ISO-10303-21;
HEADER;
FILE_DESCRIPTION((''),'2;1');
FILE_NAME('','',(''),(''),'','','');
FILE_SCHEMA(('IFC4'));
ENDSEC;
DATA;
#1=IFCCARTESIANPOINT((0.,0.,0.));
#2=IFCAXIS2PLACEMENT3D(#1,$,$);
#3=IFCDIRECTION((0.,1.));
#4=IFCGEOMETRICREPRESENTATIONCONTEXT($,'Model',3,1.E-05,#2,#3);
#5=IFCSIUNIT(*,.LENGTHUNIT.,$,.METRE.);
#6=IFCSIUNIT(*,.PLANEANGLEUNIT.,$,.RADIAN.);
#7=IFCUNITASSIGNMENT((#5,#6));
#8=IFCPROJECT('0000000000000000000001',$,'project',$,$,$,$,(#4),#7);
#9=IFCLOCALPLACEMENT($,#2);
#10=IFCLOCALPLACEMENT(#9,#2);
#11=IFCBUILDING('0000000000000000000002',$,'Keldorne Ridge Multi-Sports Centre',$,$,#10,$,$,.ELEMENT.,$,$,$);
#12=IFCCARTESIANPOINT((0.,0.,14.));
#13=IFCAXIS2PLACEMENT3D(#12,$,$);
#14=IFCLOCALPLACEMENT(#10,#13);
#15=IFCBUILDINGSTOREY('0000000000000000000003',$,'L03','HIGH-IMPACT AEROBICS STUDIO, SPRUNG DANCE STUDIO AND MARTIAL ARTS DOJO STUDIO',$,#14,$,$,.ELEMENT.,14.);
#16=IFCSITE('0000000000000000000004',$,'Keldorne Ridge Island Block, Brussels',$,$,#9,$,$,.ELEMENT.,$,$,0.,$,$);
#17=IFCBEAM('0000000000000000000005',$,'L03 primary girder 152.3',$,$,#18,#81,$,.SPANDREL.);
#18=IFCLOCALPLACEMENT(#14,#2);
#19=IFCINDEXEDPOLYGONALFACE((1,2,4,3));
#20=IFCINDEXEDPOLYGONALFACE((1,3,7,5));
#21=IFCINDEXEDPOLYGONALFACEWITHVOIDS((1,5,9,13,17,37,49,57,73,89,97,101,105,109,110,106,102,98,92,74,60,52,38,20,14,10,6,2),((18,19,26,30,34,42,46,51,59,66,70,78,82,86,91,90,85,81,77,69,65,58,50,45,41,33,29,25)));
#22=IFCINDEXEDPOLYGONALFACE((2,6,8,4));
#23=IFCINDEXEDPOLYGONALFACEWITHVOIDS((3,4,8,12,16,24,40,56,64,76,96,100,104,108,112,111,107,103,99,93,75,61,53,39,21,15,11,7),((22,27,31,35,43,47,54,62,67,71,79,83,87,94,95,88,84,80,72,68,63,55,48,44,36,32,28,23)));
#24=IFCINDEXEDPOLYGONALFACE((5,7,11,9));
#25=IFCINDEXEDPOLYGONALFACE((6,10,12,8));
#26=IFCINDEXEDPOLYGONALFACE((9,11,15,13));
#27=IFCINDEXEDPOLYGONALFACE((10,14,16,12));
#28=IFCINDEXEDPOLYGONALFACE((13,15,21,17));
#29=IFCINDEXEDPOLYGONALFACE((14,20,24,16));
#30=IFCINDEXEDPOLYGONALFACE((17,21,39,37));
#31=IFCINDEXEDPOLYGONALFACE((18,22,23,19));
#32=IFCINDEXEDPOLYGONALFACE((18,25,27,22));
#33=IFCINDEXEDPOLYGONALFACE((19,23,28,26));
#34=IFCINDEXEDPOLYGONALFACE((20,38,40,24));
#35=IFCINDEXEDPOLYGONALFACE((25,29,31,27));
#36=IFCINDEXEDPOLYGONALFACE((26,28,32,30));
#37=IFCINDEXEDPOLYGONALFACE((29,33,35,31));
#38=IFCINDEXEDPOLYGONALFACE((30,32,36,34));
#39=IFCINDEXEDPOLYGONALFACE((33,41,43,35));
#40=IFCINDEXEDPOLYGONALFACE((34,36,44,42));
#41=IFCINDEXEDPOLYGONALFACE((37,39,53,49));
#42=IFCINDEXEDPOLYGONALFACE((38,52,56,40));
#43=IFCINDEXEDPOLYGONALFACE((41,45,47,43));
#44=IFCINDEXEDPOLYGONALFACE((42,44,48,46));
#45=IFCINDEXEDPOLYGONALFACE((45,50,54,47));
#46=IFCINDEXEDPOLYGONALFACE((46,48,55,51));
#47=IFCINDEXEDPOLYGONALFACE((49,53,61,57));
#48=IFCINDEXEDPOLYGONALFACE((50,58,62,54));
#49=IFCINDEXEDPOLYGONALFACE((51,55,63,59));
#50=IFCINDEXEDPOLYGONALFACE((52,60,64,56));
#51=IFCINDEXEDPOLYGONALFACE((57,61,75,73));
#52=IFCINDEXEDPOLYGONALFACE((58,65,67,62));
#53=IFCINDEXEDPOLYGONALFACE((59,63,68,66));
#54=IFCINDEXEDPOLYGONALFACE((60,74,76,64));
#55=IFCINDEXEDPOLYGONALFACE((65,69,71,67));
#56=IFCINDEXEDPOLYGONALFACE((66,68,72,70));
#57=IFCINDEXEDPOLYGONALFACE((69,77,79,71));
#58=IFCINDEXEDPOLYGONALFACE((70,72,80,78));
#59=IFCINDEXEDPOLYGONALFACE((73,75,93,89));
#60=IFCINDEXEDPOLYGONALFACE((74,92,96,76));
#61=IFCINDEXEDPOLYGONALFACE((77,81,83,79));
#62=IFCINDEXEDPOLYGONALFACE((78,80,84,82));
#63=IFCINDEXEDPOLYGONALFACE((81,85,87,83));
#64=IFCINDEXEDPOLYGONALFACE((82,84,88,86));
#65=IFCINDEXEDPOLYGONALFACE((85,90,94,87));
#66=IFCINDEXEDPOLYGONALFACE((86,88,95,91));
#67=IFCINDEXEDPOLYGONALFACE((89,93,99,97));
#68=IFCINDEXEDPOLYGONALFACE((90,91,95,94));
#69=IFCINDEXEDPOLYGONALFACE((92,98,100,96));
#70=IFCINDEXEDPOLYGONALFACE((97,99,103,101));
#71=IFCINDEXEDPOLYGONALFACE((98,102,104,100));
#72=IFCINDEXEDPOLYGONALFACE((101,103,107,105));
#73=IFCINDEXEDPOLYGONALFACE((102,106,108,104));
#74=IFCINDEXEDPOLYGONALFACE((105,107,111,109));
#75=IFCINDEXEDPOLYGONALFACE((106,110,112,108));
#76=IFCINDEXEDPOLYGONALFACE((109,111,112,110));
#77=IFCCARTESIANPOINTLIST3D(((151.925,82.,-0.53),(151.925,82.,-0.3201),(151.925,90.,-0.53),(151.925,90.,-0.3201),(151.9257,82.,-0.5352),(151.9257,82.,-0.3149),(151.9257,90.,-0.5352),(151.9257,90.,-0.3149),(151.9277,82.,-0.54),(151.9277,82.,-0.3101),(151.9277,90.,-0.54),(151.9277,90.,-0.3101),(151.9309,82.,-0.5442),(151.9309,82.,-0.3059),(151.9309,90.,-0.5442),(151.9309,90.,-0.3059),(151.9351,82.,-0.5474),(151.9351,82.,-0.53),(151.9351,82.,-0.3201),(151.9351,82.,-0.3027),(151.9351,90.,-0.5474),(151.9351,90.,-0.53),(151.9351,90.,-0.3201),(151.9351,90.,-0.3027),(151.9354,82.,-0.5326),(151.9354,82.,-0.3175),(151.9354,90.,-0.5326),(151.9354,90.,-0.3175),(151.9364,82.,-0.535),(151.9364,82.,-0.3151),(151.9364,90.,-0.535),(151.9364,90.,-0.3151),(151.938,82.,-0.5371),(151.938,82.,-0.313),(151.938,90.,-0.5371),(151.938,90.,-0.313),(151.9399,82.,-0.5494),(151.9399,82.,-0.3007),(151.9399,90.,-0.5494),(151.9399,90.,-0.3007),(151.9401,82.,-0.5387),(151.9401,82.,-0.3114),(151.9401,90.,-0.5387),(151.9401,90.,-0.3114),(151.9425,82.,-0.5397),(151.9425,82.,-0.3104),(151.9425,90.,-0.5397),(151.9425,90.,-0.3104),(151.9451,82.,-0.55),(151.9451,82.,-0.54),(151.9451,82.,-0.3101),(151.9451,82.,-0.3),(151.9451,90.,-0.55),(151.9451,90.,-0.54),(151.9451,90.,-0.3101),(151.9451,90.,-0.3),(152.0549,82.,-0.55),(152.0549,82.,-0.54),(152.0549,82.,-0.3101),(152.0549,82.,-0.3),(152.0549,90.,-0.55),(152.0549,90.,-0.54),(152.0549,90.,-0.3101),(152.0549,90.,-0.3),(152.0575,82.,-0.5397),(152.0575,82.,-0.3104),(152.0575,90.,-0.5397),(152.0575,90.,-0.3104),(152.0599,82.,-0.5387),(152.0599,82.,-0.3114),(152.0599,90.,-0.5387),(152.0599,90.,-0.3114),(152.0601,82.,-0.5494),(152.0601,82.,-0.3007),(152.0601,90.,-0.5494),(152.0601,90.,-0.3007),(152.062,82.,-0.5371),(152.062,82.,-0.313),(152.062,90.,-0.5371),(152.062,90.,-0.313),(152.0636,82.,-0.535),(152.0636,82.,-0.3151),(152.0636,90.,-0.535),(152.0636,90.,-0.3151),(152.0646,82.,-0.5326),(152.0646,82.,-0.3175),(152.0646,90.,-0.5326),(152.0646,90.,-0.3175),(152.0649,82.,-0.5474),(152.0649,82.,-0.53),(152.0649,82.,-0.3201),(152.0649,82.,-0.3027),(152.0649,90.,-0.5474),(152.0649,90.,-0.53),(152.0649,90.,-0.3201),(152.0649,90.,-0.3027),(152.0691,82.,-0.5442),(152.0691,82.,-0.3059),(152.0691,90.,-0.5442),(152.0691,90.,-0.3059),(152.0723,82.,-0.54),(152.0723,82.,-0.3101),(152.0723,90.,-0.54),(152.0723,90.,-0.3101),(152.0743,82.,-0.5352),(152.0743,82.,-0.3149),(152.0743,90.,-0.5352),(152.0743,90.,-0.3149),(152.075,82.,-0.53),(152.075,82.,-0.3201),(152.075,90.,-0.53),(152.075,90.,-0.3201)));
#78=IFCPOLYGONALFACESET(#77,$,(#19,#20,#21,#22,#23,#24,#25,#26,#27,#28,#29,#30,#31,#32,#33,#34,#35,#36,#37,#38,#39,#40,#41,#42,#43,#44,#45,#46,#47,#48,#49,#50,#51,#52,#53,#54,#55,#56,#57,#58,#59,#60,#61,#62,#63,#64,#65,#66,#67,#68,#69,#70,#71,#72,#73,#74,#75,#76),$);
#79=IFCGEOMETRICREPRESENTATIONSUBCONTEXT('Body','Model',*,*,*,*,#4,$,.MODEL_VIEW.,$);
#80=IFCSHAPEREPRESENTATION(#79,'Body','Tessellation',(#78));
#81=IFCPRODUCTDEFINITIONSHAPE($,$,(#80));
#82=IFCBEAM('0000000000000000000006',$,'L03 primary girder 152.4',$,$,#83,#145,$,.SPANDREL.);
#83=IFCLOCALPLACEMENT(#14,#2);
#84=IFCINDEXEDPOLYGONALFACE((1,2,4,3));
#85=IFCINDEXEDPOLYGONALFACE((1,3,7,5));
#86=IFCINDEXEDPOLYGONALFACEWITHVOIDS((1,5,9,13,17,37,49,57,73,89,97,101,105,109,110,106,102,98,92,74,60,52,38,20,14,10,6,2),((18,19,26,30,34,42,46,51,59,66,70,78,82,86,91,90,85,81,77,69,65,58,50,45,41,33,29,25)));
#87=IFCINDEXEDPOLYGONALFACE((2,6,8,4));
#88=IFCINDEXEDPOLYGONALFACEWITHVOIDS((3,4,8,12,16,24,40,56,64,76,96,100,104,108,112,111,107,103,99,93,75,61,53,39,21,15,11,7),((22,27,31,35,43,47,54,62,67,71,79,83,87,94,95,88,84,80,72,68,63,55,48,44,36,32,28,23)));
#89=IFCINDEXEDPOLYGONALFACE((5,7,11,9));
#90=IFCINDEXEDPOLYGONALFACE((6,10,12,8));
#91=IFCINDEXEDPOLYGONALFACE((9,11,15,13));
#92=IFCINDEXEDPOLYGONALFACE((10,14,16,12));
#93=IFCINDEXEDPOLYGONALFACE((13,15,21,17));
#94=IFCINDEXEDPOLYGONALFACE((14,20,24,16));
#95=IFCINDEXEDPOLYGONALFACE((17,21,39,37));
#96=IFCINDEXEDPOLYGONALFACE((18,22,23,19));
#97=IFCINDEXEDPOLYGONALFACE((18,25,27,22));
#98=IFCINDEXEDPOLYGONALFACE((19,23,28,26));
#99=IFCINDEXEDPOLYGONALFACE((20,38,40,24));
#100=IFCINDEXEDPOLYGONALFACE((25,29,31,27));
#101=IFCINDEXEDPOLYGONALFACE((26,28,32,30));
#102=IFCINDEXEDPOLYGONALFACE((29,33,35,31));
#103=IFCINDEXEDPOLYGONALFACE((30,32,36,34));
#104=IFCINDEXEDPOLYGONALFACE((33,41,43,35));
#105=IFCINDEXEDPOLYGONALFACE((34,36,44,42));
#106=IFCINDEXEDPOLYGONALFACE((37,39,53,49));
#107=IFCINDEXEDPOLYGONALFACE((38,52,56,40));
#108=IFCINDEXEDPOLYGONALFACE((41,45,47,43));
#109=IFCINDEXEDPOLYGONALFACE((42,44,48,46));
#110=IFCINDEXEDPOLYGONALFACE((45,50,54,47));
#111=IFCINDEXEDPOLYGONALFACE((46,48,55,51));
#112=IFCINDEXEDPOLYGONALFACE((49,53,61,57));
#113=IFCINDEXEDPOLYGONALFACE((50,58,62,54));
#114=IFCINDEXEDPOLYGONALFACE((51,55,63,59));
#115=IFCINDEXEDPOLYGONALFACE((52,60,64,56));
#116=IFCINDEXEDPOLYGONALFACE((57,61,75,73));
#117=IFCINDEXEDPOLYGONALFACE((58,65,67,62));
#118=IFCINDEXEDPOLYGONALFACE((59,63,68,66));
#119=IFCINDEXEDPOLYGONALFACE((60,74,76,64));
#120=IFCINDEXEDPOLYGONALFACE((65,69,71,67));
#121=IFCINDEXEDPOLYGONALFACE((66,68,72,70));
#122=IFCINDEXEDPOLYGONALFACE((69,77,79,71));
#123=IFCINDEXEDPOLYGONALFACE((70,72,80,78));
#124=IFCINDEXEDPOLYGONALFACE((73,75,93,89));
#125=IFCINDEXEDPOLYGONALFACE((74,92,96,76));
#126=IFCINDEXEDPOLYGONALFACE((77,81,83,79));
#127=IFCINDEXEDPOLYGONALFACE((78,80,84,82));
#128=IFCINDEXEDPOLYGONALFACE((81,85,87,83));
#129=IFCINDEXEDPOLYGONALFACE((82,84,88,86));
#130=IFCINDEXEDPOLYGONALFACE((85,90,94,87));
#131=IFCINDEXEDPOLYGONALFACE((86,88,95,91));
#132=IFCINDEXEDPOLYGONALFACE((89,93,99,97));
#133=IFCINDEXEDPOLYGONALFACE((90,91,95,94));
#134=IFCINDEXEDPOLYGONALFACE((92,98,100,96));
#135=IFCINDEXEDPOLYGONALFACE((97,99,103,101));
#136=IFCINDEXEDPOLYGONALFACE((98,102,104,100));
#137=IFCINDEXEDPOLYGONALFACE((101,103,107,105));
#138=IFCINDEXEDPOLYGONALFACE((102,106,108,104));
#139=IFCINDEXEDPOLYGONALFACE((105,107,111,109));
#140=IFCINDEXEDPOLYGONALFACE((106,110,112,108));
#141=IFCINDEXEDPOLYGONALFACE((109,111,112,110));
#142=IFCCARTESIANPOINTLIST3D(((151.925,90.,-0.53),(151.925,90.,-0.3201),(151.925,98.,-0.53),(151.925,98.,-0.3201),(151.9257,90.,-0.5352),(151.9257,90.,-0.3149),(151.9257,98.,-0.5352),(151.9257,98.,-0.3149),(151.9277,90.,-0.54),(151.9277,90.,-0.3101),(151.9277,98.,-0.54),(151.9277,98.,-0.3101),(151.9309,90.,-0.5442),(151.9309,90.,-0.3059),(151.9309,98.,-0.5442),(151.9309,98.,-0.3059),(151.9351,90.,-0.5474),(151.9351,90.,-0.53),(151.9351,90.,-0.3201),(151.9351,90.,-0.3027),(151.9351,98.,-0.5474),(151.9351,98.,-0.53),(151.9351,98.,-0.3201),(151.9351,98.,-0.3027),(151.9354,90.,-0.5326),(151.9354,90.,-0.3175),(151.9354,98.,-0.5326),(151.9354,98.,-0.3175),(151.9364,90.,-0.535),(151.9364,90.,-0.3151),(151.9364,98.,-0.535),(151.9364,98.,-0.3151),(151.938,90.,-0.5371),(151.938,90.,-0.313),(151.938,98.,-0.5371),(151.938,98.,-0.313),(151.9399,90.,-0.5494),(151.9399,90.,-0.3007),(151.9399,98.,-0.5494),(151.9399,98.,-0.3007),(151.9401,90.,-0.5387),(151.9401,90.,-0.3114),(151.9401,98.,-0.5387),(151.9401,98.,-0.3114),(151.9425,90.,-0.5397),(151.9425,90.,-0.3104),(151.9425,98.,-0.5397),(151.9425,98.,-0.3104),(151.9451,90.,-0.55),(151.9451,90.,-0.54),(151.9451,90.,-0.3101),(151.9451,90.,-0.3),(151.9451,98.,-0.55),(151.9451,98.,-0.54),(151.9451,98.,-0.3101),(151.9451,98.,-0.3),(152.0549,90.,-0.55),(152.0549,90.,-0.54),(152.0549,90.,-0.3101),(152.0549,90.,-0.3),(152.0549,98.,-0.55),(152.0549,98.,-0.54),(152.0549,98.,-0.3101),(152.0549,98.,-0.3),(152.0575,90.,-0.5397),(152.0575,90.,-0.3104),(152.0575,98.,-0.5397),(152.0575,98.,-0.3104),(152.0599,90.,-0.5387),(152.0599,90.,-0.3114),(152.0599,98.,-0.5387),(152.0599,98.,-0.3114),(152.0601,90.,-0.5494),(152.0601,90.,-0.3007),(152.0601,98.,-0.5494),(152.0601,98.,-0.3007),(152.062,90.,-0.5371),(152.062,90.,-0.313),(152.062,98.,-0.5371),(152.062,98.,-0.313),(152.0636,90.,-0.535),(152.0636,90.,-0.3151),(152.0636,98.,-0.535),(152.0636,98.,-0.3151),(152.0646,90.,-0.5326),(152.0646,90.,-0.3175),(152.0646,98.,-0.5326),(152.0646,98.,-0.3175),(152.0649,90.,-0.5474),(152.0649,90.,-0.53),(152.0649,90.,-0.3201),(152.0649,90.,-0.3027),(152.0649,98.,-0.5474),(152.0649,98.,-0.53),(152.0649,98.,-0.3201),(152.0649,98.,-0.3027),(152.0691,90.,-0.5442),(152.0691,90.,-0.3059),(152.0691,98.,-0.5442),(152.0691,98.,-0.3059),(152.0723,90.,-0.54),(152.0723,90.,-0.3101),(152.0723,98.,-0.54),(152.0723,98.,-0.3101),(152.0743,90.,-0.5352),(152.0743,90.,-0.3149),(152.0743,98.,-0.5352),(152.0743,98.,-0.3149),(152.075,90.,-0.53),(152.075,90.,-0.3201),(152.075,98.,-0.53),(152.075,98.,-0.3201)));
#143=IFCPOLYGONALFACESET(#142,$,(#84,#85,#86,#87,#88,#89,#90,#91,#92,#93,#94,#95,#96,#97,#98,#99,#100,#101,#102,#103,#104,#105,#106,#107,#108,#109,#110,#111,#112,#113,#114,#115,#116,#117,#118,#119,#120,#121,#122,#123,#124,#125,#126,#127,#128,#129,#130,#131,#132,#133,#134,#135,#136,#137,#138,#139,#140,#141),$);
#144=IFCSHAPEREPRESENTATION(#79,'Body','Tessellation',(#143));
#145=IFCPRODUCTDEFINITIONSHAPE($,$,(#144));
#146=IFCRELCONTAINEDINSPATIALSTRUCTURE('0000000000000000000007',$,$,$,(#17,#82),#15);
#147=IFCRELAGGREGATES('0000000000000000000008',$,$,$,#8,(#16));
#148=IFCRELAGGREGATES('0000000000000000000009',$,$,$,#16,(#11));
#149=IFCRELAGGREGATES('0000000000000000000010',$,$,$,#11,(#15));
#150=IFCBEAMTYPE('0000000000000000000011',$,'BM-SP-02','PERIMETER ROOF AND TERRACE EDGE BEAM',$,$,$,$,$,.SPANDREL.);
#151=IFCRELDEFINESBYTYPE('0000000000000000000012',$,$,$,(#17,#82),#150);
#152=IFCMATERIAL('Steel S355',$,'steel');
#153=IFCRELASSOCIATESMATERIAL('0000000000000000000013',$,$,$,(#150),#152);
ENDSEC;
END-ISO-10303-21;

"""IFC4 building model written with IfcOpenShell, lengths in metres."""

from ifc_helpers import new_model, si_unit, direction, frame, origin, origin_2d, place, context, subcontext, project, spatial, hollow_rectangle, extrude, material, material_profile, profile_set, type_object, element, save


model = new_model("IFC4")

# Units and contexts
model_context = context("Model", 3, precision=1e-05, world=origin(), true_north=direction((0.0, 1.0)))
body_context = subcontext(model_context, "Body", "Model", "MODEL_VIEW")
ifc_project = project(units=[si_unit("LENGTHUNIT", "METRE"), si_unit("PLANEANGLEUNIT", "RADIAN")], contexts=[model_context])

# Site, building, storey
site_placement = place(None, origin())
site = spatial("IfcSite", under=ifc_project, at=site_placement, Name="Keldorne Ridge Island Block, Brussels", CompositionType="ELEMENT", RefElevation=0.0)
building_placement = place(site_placement, origin())
building = spatial("IfcBuilding", under=site, at=building_placement, Name="Keldorne Ridge Multi-Sports Centre", CompositionType="ELEMENT")
storey_placement = place(building_placement, frame((0.0, 0.0, 14.0)))
storey = spatial("IfcBuildingStorey", under=building, at=storey_placement, Name="L03", Description="HIGH-IMPACT AEROBICS STUDIO, SPRUNG DANCE STUDIO AND MARTIAL ARTS DOJO STUDIO", CompositionType="ELEMENT", Elevation=14.0)

# Shared definitions
ifc_material_1 = material(Name="Steel S355", Category="steel")

# Beams
ifc_material_profile_1 = material_profile(ifc_material_1, hollow_rectangle(XDim=0.1499, YDim=0.25, WallThickness=0.01, InnerFilletRadius=0.01, OuterFilletRadius=0.02, at=origin_2d()), Name="RHS 250x150x10")
ifc_profile_set_1 = profile_set([ifc_material_profile_1], Name="Steel S355")
beam_type_1 = type_object("IfcBeamType", Name="BM-SP-02", Description="PERIMETER ROOF AND TERRACE EDGE BEAM", PredefinedType="SPANDREL", material=ifc_profile_set_1)
for number, where, z_axis, x_axis, name in (
    (1, (152.0, 82.0, -0.425), (0.0, 1.0, 0.0), (-1.0, 0.0, 0.0), "L03 primary girder 152.3"),
    (2, (152.0, 90.0, -0.425), (0.0, 1.0, 0.0), (-1.0, 0.0, 0.0), "L03 primary girder 152.4"),
):
    element("IfcBeam", number, at=place(storey_placement, frame(where, z_axis=z_axis, x_axis=x_axis)), inside=storey, type_object=beam_type_1, Name=name, PredefinedType="SPANDREL", context=body_context, shape_type="SweptSolid", body=[
        extrude(hollow_rectangle(XDim=0.1499, YDim=0.25, WallThickness=0.01, InnerFilletRadius=0.01, OuterFilletRadius=0.02, at=origin_2d()), origin(), (0.0, 0.0, 1.0), 8.0),
    ])

save(model, "model.ifc")
